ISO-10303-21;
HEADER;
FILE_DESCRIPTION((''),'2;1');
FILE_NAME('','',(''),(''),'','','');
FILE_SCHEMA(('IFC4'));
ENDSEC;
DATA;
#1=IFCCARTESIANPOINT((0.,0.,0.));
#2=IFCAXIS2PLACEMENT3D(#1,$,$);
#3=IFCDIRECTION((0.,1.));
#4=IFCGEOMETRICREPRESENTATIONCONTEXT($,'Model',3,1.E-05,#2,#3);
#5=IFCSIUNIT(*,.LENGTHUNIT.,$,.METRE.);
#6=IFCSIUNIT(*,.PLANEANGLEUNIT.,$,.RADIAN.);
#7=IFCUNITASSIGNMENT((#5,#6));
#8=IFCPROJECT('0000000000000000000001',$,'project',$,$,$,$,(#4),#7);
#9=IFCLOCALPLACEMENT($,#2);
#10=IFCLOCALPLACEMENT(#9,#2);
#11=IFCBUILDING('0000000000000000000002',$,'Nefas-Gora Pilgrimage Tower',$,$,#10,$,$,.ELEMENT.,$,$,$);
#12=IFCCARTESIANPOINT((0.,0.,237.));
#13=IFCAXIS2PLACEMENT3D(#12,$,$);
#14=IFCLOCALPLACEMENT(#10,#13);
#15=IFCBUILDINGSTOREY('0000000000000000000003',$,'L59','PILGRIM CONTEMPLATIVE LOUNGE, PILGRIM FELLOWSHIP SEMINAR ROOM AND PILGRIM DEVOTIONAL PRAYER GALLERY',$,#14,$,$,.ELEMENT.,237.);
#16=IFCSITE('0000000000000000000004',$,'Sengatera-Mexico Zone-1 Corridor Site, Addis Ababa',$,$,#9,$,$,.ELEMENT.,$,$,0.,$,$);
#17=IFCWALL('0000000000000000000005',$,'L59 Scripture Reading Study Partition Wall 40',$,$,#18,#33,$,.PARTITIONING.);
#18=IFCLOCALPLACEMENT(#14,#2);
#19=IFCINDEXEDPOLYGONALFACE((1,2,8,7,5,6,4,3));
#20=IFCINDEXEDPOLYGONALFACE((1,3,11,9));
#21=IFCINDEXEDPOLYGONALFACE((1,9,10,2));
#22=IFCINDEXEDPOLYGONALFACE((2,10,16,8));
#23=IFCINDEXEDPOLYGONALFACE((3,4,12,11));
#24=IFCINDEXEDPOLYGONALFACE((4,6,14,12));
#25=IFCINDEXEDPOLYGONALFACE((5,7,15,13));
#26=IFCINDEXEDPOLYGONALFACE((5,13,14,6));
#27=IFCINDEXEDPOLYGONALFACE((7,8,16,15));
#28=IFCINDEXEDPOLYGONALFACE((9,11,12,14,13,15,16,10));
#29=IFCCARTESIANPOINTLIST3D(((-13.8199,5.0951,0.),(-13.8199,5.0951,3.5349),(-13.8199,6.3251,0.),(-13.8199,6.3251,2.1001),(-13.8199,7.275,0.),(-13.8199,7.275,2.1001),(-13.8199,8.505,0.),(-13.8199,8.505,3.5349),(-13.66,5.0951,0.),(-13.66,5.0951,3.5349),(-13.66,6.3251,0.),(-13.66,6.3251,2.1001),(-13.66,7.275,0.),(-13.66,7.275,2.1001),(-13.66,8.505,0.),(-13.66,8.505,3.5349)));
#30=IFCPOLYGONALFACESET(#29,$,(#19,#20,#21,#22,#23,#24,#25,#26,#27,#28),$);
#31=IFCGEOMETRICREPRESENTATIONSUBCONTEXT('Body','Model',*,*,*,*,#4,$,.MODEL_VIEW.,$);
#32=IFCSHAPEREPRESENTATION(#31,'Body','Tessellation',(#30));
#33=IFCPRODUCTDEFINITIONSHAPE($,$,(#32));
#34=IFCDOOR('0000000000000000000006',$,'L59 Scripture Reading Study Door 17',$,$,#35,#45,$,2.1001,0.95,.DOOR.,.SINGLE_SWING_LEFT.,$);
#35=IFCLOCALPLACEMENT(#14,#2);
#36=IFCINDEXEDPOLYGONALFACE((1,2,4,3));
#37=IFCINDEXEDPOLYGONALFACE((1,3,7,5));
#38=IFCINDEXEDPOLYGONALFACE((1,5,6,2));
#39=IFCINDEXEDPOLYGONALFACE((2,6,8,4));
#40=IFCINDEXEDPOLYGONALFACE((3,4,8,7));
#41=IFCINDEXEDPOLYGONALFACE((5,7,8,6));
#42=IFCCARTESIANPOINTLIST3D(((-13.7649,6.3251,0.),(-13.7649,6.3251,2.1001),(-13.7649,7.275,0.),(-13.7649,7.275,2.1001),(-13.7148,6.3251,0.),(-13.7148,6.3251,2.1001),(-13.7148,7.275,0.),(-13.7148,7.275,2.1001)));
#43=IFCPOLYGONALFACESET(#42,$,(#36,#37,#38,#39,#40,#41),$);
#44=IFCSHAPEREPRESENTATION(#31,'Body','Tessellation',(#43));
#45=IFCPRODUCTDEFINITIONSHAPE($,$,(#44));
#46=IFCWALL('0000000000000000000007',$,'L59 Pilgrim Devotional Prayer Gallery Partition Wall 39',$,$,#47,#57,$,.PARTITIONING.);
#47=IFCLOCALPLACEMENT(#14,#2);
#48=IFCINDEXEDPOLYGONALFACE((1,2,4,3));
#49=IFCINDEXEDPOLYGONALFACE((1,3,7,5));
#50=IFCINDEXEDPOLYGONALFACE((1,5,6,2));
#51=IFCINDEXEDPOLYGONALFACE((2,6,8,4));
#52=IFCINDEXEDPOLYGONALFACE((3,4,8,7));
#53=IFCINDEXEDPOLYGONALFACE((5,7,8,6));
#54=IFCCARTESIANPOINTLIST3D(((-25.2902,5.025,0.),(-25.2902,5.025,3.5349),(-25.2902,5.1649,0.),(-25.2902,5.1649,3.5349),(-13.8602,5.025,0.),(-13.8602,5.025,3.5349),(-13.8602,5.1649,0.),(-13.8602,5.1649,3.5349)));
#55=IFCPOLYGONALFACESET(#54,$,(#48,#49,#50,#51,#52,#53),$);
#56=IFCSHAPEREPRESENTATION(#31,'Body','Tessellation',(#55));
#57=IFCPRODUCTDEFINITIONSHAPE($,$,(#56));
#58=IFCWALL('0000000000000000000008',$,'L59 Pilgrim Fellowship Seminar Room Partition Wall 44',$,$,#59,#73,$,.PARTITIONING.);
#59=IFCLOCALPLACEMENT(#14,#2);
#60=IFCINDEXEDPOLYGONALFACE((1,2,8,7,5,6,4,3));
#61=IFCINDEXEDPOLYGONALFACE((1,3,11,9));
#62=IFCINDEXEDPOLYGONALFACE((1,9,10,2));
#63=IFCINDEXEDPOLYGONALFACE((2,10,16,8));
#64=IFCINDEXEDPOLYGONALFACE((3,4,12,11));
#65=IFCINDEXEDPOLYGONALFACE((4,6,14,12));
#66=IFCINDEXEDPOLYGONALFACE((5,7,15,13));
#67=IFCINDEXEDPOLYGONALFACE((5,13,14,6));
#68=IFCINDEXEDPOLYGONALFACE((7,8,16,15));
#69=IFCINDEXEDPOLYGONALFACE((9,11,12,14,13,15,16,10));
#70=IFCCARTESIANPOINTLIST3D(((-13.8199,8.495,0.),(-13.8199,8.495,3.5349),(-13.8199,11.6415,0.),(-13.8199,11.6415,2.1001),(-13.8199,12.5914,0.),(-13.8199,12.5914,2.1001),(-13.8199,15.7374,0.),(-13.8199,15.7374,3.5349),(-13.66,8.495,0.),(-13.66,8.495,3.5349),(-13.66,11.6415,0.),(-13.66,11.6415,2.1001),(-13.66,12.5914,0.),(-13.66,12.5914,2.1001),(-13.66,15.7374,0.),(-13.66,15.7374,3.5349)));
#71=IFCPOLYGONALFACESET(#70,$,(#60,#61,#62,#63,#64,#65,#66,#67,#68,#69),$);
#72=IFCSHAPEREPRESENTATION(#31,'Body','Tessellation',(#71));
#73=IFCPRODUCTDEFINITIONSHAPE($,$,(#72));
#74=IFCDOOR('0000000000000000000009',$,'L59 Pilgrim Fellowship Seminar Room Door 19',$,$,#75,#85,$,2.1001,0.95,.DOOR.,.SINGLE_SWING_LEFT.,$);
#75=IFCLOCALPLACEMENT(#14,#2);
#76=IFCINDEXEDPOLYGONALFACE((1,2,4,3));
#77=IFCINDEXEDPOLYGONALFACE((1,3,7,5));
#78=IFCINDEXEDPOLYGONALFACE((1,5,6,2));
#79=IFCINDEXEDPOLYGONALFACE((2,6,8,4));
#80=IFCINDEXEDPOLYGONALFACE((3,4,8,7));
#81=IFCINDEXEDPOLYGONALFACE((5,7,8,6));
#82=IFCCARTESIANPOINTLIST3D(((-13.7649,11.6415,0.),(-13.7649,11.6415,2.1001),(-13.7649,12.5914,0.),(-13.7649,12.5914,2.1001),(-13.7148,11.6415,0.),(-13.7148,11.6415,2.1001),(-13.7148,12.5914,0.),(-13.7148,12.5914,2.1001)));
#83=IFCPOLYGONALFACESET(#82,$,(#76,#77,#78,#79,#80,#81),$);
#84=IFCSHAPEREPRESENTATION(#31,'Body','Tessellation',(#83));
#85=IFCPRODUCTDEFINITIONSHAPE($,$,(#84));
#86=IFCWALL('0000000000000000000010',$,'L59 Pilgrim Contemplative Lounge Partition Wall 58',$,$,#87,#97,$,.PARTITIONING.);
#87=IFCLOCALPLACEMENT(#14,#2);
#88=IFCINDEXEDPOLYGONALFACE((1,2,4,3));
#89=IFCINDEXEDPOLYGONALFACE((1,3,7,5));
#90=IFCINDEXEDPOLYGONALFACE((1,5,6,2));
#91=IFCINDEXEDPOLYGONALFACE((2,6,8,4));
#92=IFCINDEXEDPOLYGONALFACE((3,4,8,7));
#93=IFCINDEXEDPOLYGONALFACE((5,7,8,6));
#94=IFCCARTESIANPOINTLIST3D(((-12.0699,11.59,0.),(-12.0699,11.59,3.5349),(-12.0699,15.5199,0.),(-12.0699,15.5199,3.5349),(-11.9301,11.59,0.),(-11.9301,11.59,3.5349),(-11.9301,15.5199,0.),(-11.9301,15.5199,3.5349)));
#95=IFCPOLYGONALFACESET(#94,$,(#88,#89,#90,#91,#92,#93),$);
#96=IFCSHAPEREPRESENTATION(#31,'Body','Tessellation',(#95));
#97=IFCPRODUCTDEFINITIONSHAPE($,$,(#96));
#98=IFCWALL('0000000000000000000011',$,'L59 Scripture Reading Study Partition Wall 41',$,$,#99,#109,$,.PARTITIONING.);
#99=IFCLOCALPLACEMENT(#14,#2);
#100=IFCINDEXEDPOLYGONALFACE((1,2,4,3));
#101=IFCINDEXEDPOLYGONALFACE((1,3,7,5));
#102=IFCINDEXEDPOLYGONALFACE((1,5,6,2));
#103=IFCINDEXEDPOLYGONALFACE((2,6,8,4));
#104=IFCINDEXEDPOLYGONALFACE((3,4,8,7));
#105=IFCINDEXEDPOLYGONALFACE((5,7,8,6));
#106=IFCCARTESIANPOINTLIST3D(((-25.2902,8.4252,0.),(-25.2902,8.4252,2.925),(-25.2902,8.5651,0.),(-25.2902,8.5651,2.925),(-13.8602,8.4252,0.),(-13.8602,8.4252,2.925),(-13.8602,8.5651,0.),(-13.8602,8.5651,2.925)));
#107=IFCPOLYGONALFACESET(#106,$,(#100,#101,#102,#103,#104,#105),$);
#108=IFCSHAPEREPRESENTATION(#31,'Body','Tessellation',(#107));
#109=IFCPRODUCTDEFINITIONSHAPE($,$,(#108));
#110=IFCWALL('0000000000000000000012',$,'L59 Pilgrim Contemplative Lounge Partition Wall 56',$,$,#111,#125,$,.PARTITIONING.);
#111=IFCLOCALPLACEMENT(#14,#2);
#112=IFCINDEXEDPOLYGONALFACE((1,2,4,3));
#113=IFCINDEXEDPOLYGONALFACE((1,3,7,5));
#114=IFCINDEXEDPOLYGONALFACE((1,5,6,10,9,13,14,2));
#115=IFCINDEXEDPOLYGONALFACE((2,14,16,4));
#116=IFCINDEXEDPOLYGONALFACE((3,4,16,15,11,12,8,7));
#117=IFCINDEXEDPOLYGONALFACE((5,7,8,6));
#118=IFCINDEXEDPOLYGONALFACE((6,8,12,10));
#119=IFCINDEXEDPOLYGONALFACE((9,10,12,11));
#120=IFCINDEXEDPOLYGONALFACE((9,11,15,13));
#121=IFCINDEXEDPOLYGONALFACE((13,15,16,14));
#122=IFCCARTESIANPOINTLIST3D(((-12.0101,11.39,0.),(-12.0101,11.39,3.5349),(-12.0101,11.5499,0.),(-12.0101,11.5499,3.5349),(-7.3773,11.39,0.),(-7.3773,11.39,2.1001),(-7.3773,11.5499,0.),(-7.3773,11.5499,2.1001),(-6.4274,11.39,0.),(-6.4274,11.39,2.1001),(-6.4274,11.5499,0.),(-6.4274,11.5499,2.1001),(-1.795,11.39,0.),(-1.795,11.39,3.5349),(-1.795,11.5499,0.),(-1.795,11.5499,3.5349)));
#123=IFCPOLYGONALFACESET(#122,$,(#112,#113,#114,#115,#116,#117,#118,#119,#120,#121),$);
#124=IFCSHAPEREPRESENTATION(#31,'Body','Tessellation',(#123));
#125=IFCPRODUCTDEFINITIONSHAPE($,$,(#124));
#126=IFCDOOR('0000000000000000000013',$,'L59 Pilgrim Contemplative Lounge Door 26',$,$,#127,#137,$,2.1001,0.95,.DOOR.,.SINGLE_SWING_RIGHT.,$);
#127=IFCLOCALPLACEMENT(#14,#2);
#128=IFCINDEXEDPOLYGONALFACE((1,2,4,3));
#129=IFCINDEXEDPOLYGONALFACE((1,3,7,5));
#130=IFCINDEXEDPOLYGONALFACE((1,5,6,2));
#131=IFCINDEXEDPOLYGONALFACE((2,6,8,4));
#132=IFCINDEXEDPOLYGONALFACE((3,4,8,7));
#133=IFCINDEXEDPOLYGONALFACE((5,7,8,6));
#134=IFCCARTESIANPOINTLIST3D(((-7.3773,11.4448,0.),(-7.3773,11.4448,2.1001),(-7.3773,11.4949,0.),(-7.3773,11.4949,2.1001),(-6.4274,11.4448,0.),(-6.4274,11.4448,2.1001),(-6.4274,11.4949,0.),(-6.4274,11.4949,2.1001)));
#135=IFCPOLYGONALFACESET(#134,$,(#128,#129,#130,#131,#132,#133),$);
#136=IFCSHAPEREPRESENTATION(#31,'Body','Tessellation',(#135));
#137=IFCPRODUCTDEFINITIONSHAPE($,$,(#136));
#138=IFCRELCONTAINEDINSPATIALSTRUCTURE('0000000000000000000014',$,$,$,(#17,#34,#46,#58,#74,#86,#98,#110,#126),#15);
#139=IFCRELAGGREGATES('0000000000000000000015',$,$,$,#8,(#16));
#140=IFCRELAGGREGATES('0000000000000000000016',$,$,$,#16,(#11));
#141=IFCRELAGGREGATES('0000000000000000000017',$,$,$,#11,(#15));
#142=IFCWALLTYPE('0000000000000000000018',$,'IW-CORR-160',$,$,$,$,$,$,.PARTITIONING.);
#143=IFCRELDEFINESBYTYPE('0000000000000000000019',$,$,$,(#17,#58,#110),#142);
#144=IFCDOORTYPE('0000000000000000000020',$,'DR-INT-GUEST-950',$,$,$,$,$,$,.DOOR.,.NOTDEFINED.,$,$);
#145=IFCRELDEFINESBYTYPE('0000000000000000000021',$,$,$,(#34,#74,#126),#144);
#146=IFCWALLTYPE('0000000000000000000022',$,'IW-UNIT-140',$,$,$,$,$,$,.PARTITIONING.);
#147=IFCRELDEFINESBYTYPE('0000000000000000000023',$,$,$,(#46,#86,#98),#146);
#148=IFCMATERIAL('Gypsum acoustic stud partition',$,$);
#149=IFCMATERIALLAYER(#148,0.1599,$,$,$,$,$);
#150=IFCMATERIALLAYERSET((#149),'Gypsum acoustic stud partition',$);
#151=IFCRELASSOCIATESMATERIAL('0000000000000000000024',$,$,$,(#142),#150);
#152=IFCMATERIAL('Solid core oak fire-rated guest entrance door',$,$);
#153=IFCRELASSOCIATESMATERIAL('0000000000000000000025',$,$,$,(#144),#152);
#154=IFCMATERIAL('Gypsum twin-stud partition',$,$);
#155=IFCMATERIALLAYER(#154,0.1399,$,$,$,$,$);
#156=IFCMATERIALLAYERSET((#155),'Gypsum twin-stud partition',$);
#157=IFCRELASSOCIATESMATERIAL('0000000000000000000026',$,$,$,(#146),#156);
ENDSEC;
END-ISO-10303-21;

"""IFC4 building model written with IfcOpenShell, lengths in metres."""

from ifc_helpers import new_model, si_unit, direction, frame, frame_2d, origin, place, context, subcontext, project, spatial, rectangle, extrude, source, transform, mapped, material, layer, layer_set, type_object, element, fill, save


model = new_model("IFC4")

# Units and contexts
model_context = context("Model", 3, precision=1e-05, world=origin(), true_north=direction((0.0, 1.0)))
body_context = subcontext(model_context, "Body", "Model", "MODEL_VIEW")
ifc_project = project(units=[si_unit("LENGTHUNIT", "METRE"), si_unit("PLANEANGLEUNIT", "RADIAN")], contexts=[model_context])

# Site, building, storey
site_placement = place(None, origin())
site = spatial("IfcSite", under=ifc_project, at=site_placement, Name="Sengatera-Mexico Zone-1 Corridor Site, Addis Ababa", CompositionType="ELEMENT", RefElevation=0.0)
building_placement = place(site_placement, origin())
building = spatial("IfcBuilding", under=site, at=building_placement, Name="Nefas-Gora Pilgrimage Tower", CompositionType="ELEMENT")
storey_placement = place(building_placement, frame((0.0, 0.0, 237.0)))
storey = spatial("IfcBuildingStorey", under=building, at=storey_placement, Name="L59", Description="PILGRIM CONTEMPLATIVE LOUNGE, PILGRIM FELLOWSHIP SEMINAR ROOM AND PILGRIM DEVOTIONAL PRAYER GALLERY", CompositionType="ELEMENT", Elevation=237.0)

# Wall, opening, door
ifc_material_1 = material(Name="Gypsum acoustic stud partition")
ifc_layer_1 = layer(ifc_material_1, 0.1599)
ifc_layer_set_1 = layer_set([ifc_layer_1], Name="Gypsum acoustic stud partition")
wall_type_1 = type_object("IfcWallType", Name="IW-CORR-160", PredefinedType="PARTITIONING", material=ifc_layer_set_1)
shared_shape_1 = source(origin(), body_context, "Body", "SweptSolid", [
    extrude(rectangle(XDim=3.4099, YDim=0.1599, at=frame_2d((1.7051, 0.0))), origin(), (0.0, 0.0, 1.0), 3.5349),
])
wall_1_placement = place(storey_placement, frame((-13.74, 5.095, 0.0), z_axis=(0.0, 0.0, 1.0), x_axis=(0.0, 1.0, 0.0)))
wall_1 = element("IfcWall", 1, at=wall_1_placement, inside=storey, type_object=wall_type_1, Name="L59 Scripture Reading Study Partition Wall 40", PredefinedType="PARTITIONING", context=body_context, shape_type="MappedRepresentation", body=[
    mapped(shared_shape_1, transform((0.0, 0.0, 0.0), x_axis=(1.0, 0.0, 0.0), y_axis=(0.0, 1.0, 0.0), z_axis=(0.0, 0.0, 1.0), scale=1.0)),
])
opening_1_placement = place(wall_1_placement, frame((1.23, 0.0, 0.0)))
opening_1 = element("IfcOpeningElement", 2, at=opening_1_placement, cuts=wall_1, PredefinedType="OPENING", context=body_context, shape_type="SweptSolid", body=[
    extrude(rectangle(XDim=0.95, YDim=2.1001, at=frame_2d((0.4751, 1.05))), frame((0.0, 0.0898, 0.0), z_axis=(0.0, -1.0, 0.0), x_axis=(1.0, 0.0, 0.0)), (0.0, 0.0, 1.0), 0.1799),
])
ifc_material_2 = material(Name="Solid core oak fire-rated guest entrance door")
door_type = type_object("IfcDoorType", Name="DR-INT-GUEST-950", OperationType="NOTDEFINED", PredefinedType="DOOR", material=ifc_material_2)
shared_shape_2 = source(origin(), body_context, "Body", "SweptSolid", [
    extrude(rectangle(XDim=0.95, YDim=2.1001, at=frame_2d((0.4751, 1.05))), frame((0.0, 0.0249, 0.0), z_axis=(0.0, -1.0, 0.0), x_axis=(1.0, 0.0, 0.0)), (0.0, 0.0, 1.0), 0.05),
])
door_1_placement = place(opening_1_placement, origin())
door_1 = element("IfcDoor", 3, at=door_1_placement, inside=storey, type_object=door_type, Name="L59 Scripture Reading Study Door 17", OperationType="SINGLE_SWING_LEFT", OverallHeight=2.1001, OverallWidth=0.95, PredefinedType="DOOR", context=body_context, shape_type="MappedRepresentation", body=[
    mapped(shared_shape_2, transform((0.0, 0.0, 0.0), x_axis=(1.0, 0.0, 0.0), y_axis=(0.0, 1.0, 0.0), z_axis=(0.0, 0.0, 1.0), scale=1.0)),
])
fill(opening_1, door_1)

# Wall
ifc_material_3 = material(Name="Gypsum twin-stud partition")
ifc_layer_2 = layer(ifc_material_3, 0.1399)
ifc_layer_set_2 = layer_set([ifc_layer_2], Name="Gypsum twin-stud partition")
wall_type_2 = type_object("IfcWallType", Name="IW-UNIT-140", PredefinedType="PARTITIONING", material=ifc_layer_set_2)
shared_shape_3 = source(origin(), body_context, "Body", "SweptSolid", [
    extrude(rectangle(XDim=11.4299, YDim=0.1399, at=frame_2d((5.7148, 0.0))), origin(), (0.0, 0.0, 1.0), 3.5349),
])
wall_2_placement = place(storey_placement, frame((-25.29, 5.095, 0.0), z_axis=(0.0, 0.0, 1.0), x_axis=(1.0, 0.0, 0.0)))
element("IfcWall", 4, at=wall_2_placement, inside=storey, type_object=wall_type_2, Name="L59 Pilgrim Devotional Prayer Gallery Partition Wall 39", PredefinedType="PARTITIONING", context=body_context, shape_type="MappedRepresentation", body=[
    mapped(shared_shape_3, transform((0.0, 0.0, 0.0), x_axis=(1.0, 0.0, 0.0), y_axis=(0.0, 1.0, 0.0), z_axis=(0.0, 0.0, 1.0), scale=1.0)),
])

# Wall, opening, door
shared_shape_4 = source(origin(), body_context, "Body", "SweptSolid", [
    extrude(rectangle(XDim=7.2424, YDim=0.1599, at=frame_2d((3.6211, 0.0))), origin(), (0.0, 0.0, 1.0), 3.5349),
])
wall_3_placement = place(storey_placement, frame((-13.74, 8.4951, 0.0), z_axis=(0.0, 0.0, 1.0), x_axis=(0.0, 1.0, 0.0)))
wall_3 = element("IfcWall", 5, at=wall_3_placement, inside=storey, type_object=wall_type_1, Name="L59 Pilgrim Fellowship Seminar Room Partition Wall 44", PredefinedType="PARTITIONING", context=body_context, shape_type="MappedRepresentation", body=[
    mapped(shared_shape_4, transform((0.0, 0.0, 0.0), x_axis=(1.0, 0.0, 0.0), y_axis=(0.0, 1.0, 0.0), z_axis=(0.0, 0.0, 1.0), scale=1.0)),
])
opening_2_placement = place(wall_3_placement, frame((3.1462, 0.0, 0.0)))
opening_2 = element("IfcOpeningElement", 6, at=opening_2_placement, cuts=wall_3, PredefinedType="OPENING", context=body_context, shape_type="SweptSolid", body=[
    extrude(rectangle(XDim=0.95, YDim=2.1001, at=frame_2d((0.4751, 1.05))), frame((0.0, 0.0898, 0.0), z_axis=(0.0, -1.0, 0.0), x_axis=(1.0, 0.0, 0.0)), (0.0, 0.0, 1.0), 0.1799),
])
door_2_placement = place(opening_2_placement, origin())
door_2 = element("IfcDoor", 7, at=door_2_placement, inside=storey, type_object=door_type, Name="L59 Pilgrim Fellowship Seminar Room Door 19", OperationType="SINGLE_SWING_LEFT", OverallHeight=2.1001, OverallWidth=0.95, PredefinedType="DOOR", context=body_context, shape_type="MappedRepresentation", body=[
    mapped(shared_shape_2, transform((0.0, 0.0, 0.0), x_axis=(1.0, 0.0, 0.0), y_axis=(0.0, 1.0, 0.0), z_axis=(0.0, 0.0, 1.0), scale=1.0)),
])
fill(opening_2, door_2)

# Walls
shared_shape_5 = source(origin(), body_context, "Body", "SweptSolid", [
    extrude(rectangle(XDim=3.9299, YDim=0.1399, at=frame_2d((1.9648, 0.0))), origin(), (0.0, 0.0, 1.0), 3.5349),
])
wall_4_placement = place(storey_placement, frame((-12.0, 11.5901, 0.0), z_axis=(0.0, 0.0, 1.0), x_axis=(0.0, 1.0, 0.0)))
element("IfcWall", 8, at=wall_4_placement, inside=storey, type_object=wall_type_2, Name="L59 Pilgrim Contemplative Lounge Partition Wall 58", PredefinedType="PARTITIONING", context=body_context, shape_type="MappedRepresentation", body=[
    mapped(shared_shape_5, transform((0.0, 0.0, 0.0), x_axis=(1.0, 0.0, 0.0), y_axis=(0.0, 1.0, 0.0), z_axis=(0.0, 0.0, 1.0), scale=1.0)),
])
shared_shape_6 = source(origin(), body_context, "Body", "SweptSolid", [
    extrude(rectangle(XDim=11.4299, YDim=0.1399, at=frame_2d((5.7148, 0.0))), origin(), (0.0, 0.0, 1.0), 2.925),
])
wall_5_placement = place(storey_placement, frame((-25.29, 8.4951, 0.0), z_axis=(0.0, 0.0, 1.0), x_axis=(1.0, 0.0, 0.0)))
element("IfcWall", 9, at=wall_5_placement, inside=storey, type_object=wall_type_2, Name="L59 Scripture Reading Study Partition Wall 41", PredefinedType="PARTITIONING", context=body_context, shape_type="MappedRepresentation", body=[
    mapped(shared_shape_6, transform((0.0, 0.0, 0.0), x_axis=(1.0, 0.0, 0.0), y_axis=(0.0, 1.0, 0.0), z_axis=(0.0, 0.0, 1.0), scale=1.0)),
])

# Wall, opening, door
shared_shape_7 = source(origin(), body_context, "Body", "SweptSolid", [
    extrude(rectangle(XDim=10.2151, YDim=0.1599, at=frame_2d((5.1074, 0.0))), origin(), (0.0, 0.0, 1.0), 3.5349),
])
wall_6_placement = place(storey_placement, frame((-12.01, 11.47, 0.0), z_axis=(0.0, 0.0, 1.0), x_axis=(1.0, 0.0, 0.0)))
wall_6 = element("IfcWall", 10, at=wall_6_placement, inside=storey, type_object=wall_type_1, Name="L59 Pilgrim Contemplative Lounge Partition Wall 56", PredefinedType="PARTITIONING", context=body_context, shape_type="MappedRepresentation", body=[
    mapped(shared_shape_7, transform((0.0, 0.0, 0.0), x_axis=(1.0, 0.0, 0.0), y_axis=(0.0, 1.0, 0.0), z_axis=(0.0, 0.0, 1.0), scale=1.0)),
])
opening_3_placement = place(wall_6_placement, frame((4.6326, 0.0, 0.0)))
opening_3 = element("IfcOpeningElement", 11, at=opening_3_placement, cuts=wall_6, PredefinedType="OPENING", context=body_context, shape_type="SweptSolid", body=[
    extrude(rectangle(XDim=0.95, YDim=2.1001, at=frame_2d((0.4751, 1.05))), frame((0.0, 0.0898, 0.0), z_axis=(0.0, -1.0, 0.0), x_axis=(1.0, 0.0, 0.0)), (0.0, 0.0, 1.0), 0.1799),
])
door_3_placement = place(opening_3_placement, origin())
door_3 = element("IfcDoor", 12, at=door_3_placement, inside=storey, type_object=door_type, Name="L59 Pilgrim Contemplative Lounge Door 26", OperationType="SINGLE_SWING_RIGHT", OverallHeight=2.1001, OverallWidth=0.95, PredefinedType="DOOR", context=body_context, shape_type="MappedRepresentation", body=[
    mapped(shared_shape_2, transform((0.0, 0.0, 0.0), x_axis=(1.0, 0.0, 0.0), y_axis=(0.0, 1.0, 0.0), z_axis=(0.0, 0.0, 1.0), scale=1.0)),
])
fill(opening_3, door_3)

save(model, "model.ifc")
